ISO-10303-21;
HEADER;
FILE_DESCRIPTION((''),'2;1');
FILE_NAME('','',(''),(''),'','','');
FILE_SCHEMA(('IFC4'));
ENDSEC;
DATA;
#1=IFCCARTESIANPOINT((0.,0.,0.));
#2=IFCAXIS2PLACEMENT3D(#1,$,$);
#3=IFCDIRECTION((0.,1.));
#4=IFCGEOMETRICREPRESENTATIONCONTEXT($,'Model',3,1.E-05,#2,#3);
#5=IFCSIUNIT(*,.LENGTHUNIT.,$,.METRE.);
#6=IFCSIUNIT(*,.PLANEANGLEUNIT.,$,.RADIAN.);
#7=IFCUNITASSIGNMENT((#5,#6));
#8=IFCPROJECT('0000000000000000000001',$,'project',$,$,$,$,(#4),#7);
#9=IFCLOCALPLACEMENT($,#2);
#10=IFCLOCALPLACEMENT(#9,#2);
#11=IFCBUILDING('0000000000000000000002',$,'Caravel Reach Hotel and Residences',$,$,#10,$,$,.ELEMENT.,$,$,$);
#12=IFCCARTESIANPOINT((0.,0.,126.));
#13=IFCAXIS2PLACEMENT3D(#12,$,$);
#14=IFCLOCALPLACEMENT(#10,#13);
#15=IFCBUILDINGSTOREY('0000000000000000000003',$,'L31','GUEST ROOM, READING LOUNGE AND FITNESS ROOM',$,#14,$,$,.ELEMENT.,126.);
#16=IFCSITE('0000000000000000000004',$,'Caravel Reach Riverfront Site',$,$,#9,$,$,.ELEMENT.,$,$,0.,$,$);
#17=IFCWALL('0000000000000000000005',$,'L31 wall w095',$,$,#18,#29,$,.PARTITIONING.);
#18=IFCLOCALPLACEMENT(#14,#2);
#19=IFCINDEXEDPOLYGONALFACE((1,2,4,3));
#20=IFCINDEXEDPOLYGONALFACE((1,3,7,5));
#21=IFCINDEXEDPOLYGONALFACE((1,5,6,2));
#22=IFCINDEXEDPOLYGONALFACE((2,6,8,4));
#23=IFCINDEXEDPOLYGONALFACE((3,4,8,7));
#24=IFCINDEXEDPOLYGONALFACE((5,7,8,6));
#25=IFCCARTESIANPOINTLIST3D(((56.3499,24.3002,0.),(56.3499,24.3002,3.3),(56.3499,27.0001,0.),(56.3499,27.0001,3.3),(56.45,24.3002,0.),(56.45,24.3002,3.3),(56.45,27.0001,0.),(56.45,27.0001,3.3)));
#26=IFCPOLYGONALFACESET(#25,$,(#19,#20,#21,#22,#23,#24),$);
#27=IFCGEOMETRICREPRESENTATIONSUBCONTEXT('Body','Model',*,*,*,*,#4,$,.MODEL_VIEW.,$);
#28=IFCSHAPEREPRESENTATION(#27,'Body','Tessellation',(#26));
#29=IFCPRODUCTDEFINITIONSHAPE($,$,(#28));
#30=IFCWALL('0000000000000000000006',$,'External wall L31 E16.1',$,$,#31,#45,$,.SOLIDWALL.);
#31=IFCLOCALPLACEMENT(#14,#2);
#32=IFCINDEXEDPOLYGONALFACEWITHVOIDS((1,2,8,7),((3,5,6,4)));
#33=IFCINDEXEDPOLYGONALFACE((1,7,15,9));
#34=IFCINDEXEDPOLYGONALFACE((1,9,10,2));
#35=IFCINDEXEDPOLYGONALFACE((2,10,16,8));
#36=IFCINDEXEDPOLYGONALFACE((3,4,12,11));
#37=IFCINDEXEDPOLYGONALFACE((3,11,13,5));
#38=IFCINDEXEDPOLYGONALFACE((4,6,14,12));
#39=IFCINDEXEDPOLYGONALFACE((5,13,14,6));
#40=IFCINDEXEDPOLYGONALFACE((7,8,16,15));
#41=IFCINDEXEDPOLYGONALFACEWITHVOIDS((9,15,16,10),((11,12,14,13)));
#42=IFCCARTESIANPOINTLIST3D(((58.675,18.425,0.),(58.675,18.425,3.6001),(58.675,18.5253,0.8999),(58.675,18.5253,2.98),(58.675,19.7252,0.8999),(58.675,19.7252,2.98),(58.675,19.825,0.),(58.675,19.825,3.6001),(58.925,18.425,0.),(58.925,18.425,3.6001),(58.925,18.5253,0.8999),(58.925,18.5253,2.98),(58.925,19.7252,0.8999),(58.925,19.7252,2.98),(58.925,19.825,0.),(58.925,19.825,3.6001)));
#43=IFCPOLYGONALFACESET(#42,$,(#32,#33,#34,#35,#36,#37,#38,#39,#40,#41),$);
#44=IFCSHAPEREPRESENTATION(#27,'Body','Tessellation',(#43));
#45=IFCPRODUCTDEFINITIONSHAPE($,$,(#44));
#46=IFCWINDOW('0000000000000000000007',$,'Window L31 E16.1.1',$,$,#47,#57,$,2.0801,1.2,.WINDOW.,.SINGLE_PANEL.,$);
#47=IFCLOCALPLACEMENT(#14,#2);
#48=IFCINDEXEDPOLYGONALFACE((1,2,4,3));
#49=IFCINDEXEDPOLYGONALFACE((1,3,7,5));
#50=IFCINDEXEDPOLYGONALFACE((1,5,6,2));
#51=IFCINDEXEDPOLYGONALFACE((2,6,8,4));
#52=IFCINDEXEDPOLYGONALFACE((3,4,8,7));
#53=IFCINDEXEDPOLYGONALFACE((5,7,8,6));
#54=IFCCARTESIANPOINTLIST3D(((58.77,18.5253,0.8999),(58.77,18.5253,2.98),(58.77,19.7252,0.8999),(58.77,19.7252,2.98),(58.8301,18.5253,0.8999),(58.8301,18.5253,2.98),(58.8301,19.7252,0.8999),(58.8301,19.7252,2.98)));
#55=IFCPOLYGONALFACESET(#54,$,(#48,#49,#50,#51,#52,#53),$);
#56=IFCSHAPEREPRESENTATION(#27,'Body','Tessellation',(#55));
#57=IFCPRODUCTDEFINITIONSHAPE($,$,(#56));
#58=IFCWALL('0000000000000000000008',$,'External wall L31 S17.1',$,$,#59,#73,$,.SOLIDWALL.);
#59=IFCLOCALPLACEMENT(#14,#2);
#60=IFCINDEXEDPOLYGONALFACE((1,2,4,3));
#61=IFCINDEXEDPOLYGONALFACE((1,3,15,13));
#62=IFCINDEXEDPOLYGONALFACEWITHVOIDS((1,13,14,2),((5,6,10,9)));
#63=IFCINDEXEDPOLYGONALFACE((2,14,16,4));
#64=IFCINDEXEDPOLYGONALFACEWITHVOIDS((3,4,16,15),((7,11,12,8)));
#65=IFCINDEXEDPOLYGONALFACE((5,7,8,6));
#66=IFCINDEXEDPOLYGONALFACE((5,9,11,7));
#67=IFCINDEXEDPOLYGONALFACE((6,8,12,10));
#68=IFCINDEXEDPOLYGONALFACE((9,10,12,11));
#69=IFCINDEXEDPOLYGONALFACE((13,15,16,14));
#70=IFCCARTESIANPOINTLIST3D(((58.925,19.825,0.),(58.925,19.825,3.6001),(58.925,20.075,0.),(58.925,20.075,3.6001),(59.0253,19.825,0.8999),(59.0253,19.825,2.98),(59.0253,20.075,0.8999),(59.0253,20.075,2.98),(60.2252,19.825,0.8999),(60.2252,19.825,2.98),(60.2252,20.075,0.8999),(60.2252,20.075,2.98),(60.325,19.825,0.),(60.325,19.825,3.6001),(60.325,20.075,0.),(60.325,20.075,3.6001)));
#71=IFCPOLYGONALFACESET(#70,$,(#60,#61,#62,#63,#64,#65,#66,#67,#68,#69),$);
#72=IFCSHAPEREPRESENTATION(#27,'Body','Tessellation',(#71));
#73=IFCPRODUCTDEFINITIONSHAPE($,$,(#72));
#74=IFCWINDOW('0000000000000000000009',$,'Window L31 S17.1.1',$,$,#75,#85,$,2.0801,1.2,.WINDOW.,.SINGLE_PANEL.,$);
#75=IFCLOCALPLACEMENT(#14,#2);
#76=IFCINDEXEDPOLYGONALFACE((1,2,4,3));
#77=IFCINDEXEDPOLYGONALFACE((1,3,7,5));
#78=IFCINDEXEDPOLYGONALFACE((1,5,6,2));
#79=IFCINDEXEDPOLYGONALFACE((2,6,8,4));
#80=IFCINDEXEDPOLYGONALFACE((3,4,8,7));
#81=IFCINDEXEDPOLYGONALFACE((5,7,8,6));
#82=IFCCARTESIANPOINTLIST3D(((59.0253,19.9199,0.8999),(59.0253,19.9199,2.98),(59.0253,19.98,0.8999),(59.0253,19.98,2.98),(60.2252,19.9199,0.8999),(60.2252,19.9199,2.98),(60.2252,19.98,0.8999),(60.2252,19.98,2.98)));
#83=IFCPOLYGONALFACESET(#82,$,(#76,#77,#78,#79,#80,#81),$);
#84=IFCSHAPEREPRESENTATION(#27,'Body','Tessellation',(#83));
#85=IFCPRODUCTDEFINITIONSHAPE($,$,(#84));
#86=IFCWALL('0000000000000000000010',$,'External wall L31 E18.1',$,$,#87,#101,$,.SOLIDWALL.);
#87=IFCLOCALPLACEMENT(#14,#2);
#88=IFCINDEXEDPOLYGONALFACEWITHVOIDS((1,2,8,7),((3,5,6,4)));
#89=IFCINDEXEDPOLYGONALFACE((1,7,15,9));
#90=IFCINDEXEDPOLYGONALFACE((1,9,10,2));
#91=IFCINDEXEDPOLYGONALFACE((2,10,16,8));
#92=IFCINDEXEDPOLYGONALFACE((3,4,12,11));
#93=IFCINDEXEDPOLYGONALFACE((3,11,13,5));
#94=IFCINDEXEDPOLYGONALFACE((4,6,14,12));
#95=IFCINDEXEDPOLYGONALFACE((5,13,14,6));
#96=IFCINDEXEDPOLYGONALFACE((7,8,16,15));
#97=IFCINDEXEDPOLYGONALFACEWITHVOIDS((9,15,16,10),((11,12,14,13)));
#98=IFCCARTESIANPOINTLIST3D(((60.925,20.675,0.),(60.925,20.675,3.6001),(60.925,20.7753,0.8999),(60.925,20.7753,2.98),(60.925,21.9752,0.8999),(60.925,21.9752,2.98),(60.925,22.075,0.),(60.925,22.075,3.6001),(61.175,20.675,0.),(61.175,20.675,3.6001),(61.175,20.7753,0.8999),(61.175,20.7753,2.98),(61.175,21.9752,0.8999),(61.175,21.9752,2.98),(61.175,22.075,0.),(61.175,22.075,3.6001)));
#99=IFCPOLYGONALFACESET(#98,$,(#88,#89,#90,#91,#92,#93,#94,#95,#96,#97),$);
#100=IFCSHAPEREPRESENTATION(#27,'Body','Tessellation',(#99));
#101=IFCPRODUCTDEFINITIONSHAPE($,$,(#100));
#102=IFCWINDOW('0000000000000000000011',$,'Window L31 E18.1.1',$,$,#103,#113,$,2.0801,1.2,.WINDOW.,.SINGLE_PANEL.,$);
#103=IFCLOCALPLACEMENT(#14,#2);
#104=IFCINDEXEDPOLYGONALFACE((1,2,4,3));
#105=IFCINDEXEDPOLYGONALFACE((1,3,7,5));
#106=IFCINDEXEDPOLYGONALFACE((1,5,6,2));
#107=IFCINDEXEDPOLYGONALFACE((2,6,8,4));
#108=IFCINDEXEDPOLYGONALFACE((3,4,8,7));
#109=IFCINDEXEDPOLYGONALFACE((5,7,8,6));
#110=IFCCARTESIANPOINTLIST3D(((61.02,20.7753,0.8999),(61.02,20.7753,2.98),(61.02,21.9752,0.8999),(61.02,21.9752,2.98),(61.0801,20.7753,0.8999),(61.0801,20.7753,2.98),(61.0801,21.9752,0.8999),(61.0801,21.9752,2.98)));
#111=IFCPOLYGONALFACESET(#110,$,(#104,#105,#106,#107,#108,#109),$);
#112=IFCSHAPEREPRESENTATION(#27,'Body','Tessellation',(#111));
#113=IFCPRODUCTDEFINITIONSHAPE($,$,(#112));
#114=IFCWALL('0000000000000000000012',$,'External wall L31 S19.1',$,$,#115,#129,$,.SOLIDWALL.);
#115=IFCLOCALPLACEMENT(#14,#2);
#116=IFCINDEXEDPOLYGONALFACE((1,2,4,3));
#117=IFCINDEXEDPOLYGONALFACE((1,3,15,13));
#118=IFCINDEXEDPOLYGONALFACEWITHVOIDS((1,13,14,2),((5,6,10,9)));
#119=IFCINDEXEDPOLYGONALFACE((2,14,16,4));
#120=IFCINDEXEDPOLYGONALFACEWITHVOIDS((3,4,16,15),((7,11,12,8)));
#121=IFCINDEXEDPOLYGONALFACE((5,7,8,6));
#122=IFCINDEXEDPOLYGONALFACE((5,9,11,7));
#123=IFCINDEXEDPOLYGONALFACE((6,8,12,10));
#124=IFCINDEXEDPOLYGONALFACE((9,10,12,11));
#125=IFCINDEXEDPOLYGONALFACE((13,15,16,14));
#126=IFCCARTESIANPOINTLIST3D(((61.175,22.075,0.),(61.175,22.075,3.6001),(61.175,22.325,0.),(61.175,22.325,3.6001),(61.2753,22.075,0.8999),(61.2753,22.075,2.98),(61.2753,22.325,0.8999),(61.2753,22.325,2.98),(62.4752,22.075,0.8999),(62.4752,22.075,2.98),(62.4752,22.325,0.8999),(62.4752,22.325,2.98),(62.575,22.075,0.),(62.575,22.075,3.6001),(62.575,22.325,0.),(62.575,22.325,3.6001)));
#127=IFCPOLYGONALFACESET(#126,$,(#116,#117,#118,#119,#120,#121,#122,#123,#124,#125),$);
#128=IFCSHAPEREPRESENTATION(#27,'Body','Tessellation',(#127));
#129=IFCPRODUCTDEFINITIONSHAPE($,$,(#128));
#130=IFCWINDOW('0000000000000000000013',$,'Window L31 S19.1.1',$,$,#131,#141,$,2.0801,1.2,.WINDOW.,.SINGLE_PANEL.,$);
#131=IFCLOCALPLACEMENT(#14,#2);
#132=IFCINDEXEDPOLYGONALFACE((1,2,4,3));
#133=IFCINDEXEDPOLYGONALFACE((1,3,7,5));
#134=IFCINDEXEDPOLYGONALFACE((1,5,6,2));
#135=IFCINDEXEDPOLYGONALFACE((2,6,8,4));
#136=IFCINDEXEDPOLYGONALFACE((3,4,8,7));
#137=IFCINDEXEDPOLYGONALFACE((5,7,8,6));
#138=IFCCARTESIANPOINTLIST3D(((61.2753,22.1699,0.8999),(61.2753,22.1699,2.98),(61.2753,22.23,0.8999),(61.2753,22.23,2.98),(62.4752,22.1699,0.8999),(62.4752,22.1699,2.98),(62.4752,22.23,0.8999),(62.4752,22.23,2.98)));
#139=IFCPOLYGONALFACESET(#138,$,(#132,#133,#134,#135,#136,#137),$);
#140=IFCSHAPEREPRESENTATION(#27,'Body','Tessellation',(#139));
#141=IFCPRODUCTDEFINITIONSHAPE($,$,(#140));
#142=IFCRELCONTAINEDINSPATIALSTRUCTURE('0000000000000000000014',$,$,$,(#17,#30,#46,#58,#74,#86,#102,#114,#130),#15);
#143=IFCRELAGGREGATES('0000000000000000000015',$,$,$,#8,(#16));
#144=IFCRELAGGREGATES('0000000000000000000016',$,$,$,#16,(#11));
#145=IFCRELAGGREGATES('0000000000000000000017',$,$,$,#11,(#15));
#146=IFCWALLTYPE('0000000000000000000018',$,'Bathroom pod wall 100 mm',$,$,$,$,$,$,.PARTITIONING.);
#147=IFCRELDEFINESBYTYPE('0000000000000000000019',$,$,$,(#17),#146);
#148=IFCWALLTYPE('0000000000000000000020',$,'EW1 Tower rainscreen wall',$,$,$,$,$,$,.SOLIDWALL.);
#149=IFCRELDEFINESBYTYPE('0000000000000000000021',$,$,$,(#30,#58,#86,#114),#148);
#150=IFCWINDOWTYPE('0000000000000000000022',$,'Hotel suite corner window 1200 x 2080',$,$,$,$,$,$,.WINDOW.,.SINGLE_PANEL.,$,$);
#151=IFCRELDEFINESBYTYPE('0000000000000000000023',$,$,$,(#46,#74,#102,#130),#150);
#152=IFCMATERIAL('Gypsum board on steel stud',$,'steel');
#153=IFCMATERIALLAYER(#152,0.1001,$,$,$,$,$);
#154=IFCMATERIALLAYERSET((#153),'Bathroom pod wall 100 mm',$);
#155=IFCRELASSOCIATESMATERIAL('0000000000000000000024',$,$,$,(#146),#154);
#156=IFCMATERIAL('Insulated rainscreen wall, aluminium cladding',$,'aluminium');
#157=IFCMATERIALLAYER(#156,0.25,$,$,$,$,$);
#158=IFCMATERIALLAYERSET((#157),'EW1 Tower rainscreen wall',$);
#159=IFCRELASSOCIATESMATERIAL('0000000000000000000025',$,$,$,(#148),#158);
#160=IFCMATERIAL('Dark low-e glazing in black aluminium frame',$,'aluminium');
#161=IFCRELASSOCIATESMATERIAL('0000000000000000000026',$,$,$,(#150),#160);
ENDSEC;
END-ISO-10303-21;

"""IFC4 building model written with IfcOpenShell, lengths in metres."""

from ifc_helpers import new_model, si_unit, direction, frame, frame_2d, origin, place, context, subcontext, project, spatial, rectangle, extrude, material, layer, layer_set, type_object, element, fill, save


model = new_model("IFC4")

# Units and contexts
model_context = context("Model", 3, precision=1e-05, world=origin(), true_north=direction((0.0, 1.0)))
body_context = subcontext(model_context, "Body", "Model", "MODEL_VIEW")
ifc_project = project(units=[si_unit("LENGTHUNIT", "METRE"), si_unit("PLANEANGLEUNIT", "RADIAN")], contexts=[model_context])

# Site, building, storey
site_placement = place(None, origin())
site = spatial("IfcSite", under=ifc_project, at=site_placement, Name="Caravel Reach Riverfront Site", CompositionType="ELEMENT", RefElevation=0.0)
building_placement = place(site_placement, origin())
building = spatial("IfcBuilding", under=site, at=building_placement, Name="Caravel Reach Hotel and Residences", CompositionType="ELEMENT")
storey_placement = place(building_placement, frame((0.0, 0.0, 126.0)))
storey = spatial("IfcBuildingStorey", under=building, at=storey_placement, Name="L31", Description="GUEST ROOM, READING LOUNGE AND FITNESS ROOM", CompositionType="ELEMENT", Elevation=126.0)

# Shared definitions
ifc_material_1 = material(Name="Gypsum board on steel stud", Category="steel")
ifc_layer_1 = layer(ifc_material_1, 0.1001)
ifc_layer_set_1 = layer_set([ifc_layer_1], Name="Bathroom pod wall 100 mm")
wall_type_1 = type_object("IfcWallType", Name="Bathroom pod wall 100 mm", PredefinedType="PARTITIONING", material=ifc_layer_set_1)

# Wall
for number, where, z_axis, x_axis, name in (
    (1, (56.3999, 24.3, 0.0), (0.0, 0.0, 1.0), (0.0, 1.0, 0.0), "L31 wall w095"),
):
    element("IfcWall", number, at=place(storey_placement, frame(where, z_axis=z_axis, x_axis=x_axis)), inside=storey, type_object=wall_type_1, Name=name, PredefinedType="PARTITIONING", context=body_context, shape_type="SweptSolid", body=[
        extrude(rectangle(XDim=2.7, YDim=0.1001, at=frame_2d((1.3501, 0.0))), origin(), (0.0, 0.0, 1.0), 3.3),
    ])

# Walls, openings, windows
ifc_material_2 = material(Name="Insulated rainscreen wall, aluminium cladding", Category="aluminium")
ifc_layer_2 = layer(ifc_material_2, 0.25)
ifc_layer_set_2 = layer_set([ifc_layer_2], Name="EW1 Tower rainscreen wall")
wall_type_2 = type_object("IfcWallType", Name="EW1 Tower rainscreen wall", PredefinedType="SOLIDWALL", material=ifc_layer_set_2)
wall_1_placement = place(storey_placement, frame((58.8, 18.425, 0.0), z_axis=(0.0, 0.0, 1.0), x_axis=(0.0, 1.0, 0.0)))
wall_1 = element("IfcWall", 2, at=wall_1_placement, inside=storey, type_object=wall_type_2, Name="External wall L31 E16.1", PredefinedType="SOLIDWALL", context=body_context, shape_type="SweptSolid", body=[
    extrude(rectangle(XDim=1.3999, YDim=0.25, at=frame_2d((0.7, 0.0))), origin(), (0.0, 0.0, 1.0), 3.6001),
])
opening_1_placement = place(wall_1_placement, frame((0.1001, 0.0, 0.8999)))
opening_1 = element("IfcOpeningElement", 3, at=opening_1_placement, cuts=wall_1, PredefinedType="OPENING", context=body_context, shape_type="SweptSolid", body=[
    extrude(rectangle(XDim=1.2, YDim=2.0801, at=frame_2d((0.6001, 1.04))), frame((0.0, 0.135, 0.0), z_axis=(0.0, -1.0, 0.0), x_axis=(1.0, 0.0, 0.0)), (0.0, 0.0, 1.0), 0.27),
])
ifc_material_3 = material(Name="Dark low-e glazing in black aluminium frame", Category="aluminium")
window_type_1 = type_object("IfcWindowType", Name="Hotel suite corner window 1200 x 2080", PartitioningType="SINGLE_PANEL", PredefinedType="WINDOW", material=ifc_material_3)
window_1_placement = place(opening_1_placement, origin())
window_1 = element("IfcWindow", 4, at=window_1_placement, inside=storey, type_object=window_type_1, Name="Window L31 E16.1.1", OverallHeight=2.0801, OverallWidth=1.2, PartitioningType="SINGLE_PANEL", PredefinedType="WINDOW", context=body_context, shape_type="SweptSolid", body=[
    extrude(rectangle(XDim=1.2, YDim=2.0801, at=frame_2d((0.6001, 1.04))), frame((0.0, 0.03, 0.0), z_axis=(0.0, -1.0, 0.0), x_axis=(1.0, 0.0, 0.0)), (0.0, 0.0, 1.0), 0.0601),
])
fill(opening_1, window_1)
wall_2_placement = place(storey_placement, frame((58.925, 19.95, 0.0), z_axis=(0.0, 0.0, 1.0), x_axis=(1.0, 0.0, 0.0)))
wall_2 = element("IfcWall", 5, at=wall_2_placement, inside=storey, type_object=wall_type_2, Name="External wall L31 S17.1", PredefinedType="SOLIDWALL", context=body_context, shape_type="SweptSolid", body=[
    extrude(rectangle(XDim=1.3999, YDim=0.25, at=frame_2d((0.7, 0.0))), origin(), (0.0, 0.0, 1.0), 3.6001),
])
opening_2_placement = place(wall_2_placement, frame((0.1001, 0.0, 0.8999)))
opening_2 = element("IfcOpeningElement", 6, at=opening_2_placement, cuts=wall_2, PredefinedType="OPENING", context=body_context, shape_type="SweptSolid", body=[
    extrude(rectangle(XDim=1.2, YDim=2.0801, at=frame_2d((0.6001, 1.04))), frame((0.0, 0.135, 0.0), z_axis=(0.0, -1.0, 0.0), x_axis=(1.0, 0.0, 0.0)), (0.0, 0.0, 1.0), 0.27),
])
window_2_placement = place(opening_2_placement, origin())
window_2 = element("IfcWindow", 7, at=window_2_placement, inside=storey, type_object=window_type_1, Name="Window L31 S17.1.1", OverallHeight=2.0801, OverallWidth=1.2, PartitioningType="SINGLE_PANEL", PredefinedType="WINDOW", context=body_context, shape_type="SweptSolid", body=[
    extrude(rectangle(XDim=1.2, YDim=2.0801, at=frame_2d((0.6001, 1.04))), frame((0.0, 0.03, 0.0), z_axis=(0.0, -1.0, 0.0), x_axis=(1.0, 0.0, 0.0)), (0.0, 0.0, 1.0), 0.0601),
])
fill(opening_2, window_2)
wall_3_placement = place(storey_placement, frame((61.05, 20.675, 0.0), z_axis=(0.0, 0.0, 1.0), x_axis=(0.0, 1.0, 0.0)))
wall_3 = element("IfcWall", 8, at=wall_3_placement, inside=storey, type_object=wall_type_2, Name="External wall L31 E18.1", PredefinedType="SOLIDWALL", context=body_context, shape_type="SweptSolid", body=[
    extrude(rectangle(XDim=1.3999, YDim=0.25, at=frame_2d((0.7, 0.0))), origin(), (0.0, 0.0, 1.0), 3.6001),
])
opening_3_placement = place(wall_3_placement, frame((0.1001, 0.0, 0.8999)))
opening_3 = element("IfcOpeningElement", 9, at=opening_3_placement, cuts=wall_3, PredefinedType="OPENING", context=body_context, shape_type="SweptSolid", body=[
    extrude(rectangle(XDim=1.2, YDim=2.0801, at=frame_2d((0.6001, 1.04))), frame((0.0, 0.135, 0.0), z_axis=(0.0, -1.0, 0.0), x_axis=(1.0, 0.0, 0.0)), (0.0, 0.0, 1.0), 0.27),
])
window_3_placement = place(opening_3_placement, origin())
window_3 = element("IfcWindow", 10, at=window_3_placement, inside=storey, type_object=window_type_1, Name="Window L31 E18.1.1", OverallHeight=2.0801, OverallWidth=1.2, PartitioningType="SINGLE_PANEL", PredefinedType="WINDOW", context=body_context, shape_type="SweptSolid", body=[
    extrude(rectangle(XDim=1.2, YDim=2.0801, at=frame_2d((0.6001, 1.04))), frame((0.0, 0.03, 0.0), z_axis=(0.0, -1.0, 0.0), x_axis=(1.0, 0.0, 0.0)), (0.0, 0.0, 1.0), 0.0601),
])
fill(opening_3, window_3)
wall_4_placement = place(storey_placement, frame((61.175, 22.2, 0.0), z_axis=(0.0, 0.0, 1.0), x_axis=(1.0, 0.0, 0.0)))
wall_4 = element("IfcWall", 11, at=wall_4_placement, inside=storey, type_object=wall_type_2, Name="External wall L31 S19.1", PredefinedType="SOLIDWALL", context=body_context, shape_type="SweptSolid", body=[
    extrude(rectangle(XDim=1.3999, YDim=0.25, at=frame_2d((0.7, 0.0))), origin(), (0.0, 0.0, 1.0), 3.6001),
])
opening_4_placement = place(wall_4_placement, frame((0.1001, 0.0, 0.8999)))
opening_4 = element("IfcOpeningElement", 12, at=opening_4_placement, cuts=wall_4, PredefinedType="OPENING", context=body_context, shape_type="SweptSolid", body=[
    extrude(rectangle(XDim=1.2, YDim=2.0801, at=frame_2d((0.6001, 1.04))), frame((0.0, 0.135, 0.0), z_axis=(0.0, -1.0, 0.0), x_axis=(1.0, 0.0, 0.0)), (0.0, 0.0, 1.0), 0.27),
])
window_4_placement = place(opening_4_placement, origin())
window_4 = element("IfcWindow", 13, at=window_4_placement, inside=storey, type_object=window_type_1, Name="Window L31 S19.1.1", OverallHeight=2.0801, OverallWidth=1.2, PartitioningType="SINGLE_PANEL", PredefinedType="WINDOW", context=body_context, shape_type="SweptSolid", body=[
    extrude(rectangle(XDim=1.2, YDim=2.0801, at=frame_2d((0.6001, 1.04))), frame((0.0, 0.03, 0.0), z_axis=(0.0, -1.0, 0.0), x_axis=(1.0, 0.0, 0.0)), (0.0, 0.0, 1.0), 0.0601),
])
fill(opening_4, window_4)

save(model, "model.ifc")
